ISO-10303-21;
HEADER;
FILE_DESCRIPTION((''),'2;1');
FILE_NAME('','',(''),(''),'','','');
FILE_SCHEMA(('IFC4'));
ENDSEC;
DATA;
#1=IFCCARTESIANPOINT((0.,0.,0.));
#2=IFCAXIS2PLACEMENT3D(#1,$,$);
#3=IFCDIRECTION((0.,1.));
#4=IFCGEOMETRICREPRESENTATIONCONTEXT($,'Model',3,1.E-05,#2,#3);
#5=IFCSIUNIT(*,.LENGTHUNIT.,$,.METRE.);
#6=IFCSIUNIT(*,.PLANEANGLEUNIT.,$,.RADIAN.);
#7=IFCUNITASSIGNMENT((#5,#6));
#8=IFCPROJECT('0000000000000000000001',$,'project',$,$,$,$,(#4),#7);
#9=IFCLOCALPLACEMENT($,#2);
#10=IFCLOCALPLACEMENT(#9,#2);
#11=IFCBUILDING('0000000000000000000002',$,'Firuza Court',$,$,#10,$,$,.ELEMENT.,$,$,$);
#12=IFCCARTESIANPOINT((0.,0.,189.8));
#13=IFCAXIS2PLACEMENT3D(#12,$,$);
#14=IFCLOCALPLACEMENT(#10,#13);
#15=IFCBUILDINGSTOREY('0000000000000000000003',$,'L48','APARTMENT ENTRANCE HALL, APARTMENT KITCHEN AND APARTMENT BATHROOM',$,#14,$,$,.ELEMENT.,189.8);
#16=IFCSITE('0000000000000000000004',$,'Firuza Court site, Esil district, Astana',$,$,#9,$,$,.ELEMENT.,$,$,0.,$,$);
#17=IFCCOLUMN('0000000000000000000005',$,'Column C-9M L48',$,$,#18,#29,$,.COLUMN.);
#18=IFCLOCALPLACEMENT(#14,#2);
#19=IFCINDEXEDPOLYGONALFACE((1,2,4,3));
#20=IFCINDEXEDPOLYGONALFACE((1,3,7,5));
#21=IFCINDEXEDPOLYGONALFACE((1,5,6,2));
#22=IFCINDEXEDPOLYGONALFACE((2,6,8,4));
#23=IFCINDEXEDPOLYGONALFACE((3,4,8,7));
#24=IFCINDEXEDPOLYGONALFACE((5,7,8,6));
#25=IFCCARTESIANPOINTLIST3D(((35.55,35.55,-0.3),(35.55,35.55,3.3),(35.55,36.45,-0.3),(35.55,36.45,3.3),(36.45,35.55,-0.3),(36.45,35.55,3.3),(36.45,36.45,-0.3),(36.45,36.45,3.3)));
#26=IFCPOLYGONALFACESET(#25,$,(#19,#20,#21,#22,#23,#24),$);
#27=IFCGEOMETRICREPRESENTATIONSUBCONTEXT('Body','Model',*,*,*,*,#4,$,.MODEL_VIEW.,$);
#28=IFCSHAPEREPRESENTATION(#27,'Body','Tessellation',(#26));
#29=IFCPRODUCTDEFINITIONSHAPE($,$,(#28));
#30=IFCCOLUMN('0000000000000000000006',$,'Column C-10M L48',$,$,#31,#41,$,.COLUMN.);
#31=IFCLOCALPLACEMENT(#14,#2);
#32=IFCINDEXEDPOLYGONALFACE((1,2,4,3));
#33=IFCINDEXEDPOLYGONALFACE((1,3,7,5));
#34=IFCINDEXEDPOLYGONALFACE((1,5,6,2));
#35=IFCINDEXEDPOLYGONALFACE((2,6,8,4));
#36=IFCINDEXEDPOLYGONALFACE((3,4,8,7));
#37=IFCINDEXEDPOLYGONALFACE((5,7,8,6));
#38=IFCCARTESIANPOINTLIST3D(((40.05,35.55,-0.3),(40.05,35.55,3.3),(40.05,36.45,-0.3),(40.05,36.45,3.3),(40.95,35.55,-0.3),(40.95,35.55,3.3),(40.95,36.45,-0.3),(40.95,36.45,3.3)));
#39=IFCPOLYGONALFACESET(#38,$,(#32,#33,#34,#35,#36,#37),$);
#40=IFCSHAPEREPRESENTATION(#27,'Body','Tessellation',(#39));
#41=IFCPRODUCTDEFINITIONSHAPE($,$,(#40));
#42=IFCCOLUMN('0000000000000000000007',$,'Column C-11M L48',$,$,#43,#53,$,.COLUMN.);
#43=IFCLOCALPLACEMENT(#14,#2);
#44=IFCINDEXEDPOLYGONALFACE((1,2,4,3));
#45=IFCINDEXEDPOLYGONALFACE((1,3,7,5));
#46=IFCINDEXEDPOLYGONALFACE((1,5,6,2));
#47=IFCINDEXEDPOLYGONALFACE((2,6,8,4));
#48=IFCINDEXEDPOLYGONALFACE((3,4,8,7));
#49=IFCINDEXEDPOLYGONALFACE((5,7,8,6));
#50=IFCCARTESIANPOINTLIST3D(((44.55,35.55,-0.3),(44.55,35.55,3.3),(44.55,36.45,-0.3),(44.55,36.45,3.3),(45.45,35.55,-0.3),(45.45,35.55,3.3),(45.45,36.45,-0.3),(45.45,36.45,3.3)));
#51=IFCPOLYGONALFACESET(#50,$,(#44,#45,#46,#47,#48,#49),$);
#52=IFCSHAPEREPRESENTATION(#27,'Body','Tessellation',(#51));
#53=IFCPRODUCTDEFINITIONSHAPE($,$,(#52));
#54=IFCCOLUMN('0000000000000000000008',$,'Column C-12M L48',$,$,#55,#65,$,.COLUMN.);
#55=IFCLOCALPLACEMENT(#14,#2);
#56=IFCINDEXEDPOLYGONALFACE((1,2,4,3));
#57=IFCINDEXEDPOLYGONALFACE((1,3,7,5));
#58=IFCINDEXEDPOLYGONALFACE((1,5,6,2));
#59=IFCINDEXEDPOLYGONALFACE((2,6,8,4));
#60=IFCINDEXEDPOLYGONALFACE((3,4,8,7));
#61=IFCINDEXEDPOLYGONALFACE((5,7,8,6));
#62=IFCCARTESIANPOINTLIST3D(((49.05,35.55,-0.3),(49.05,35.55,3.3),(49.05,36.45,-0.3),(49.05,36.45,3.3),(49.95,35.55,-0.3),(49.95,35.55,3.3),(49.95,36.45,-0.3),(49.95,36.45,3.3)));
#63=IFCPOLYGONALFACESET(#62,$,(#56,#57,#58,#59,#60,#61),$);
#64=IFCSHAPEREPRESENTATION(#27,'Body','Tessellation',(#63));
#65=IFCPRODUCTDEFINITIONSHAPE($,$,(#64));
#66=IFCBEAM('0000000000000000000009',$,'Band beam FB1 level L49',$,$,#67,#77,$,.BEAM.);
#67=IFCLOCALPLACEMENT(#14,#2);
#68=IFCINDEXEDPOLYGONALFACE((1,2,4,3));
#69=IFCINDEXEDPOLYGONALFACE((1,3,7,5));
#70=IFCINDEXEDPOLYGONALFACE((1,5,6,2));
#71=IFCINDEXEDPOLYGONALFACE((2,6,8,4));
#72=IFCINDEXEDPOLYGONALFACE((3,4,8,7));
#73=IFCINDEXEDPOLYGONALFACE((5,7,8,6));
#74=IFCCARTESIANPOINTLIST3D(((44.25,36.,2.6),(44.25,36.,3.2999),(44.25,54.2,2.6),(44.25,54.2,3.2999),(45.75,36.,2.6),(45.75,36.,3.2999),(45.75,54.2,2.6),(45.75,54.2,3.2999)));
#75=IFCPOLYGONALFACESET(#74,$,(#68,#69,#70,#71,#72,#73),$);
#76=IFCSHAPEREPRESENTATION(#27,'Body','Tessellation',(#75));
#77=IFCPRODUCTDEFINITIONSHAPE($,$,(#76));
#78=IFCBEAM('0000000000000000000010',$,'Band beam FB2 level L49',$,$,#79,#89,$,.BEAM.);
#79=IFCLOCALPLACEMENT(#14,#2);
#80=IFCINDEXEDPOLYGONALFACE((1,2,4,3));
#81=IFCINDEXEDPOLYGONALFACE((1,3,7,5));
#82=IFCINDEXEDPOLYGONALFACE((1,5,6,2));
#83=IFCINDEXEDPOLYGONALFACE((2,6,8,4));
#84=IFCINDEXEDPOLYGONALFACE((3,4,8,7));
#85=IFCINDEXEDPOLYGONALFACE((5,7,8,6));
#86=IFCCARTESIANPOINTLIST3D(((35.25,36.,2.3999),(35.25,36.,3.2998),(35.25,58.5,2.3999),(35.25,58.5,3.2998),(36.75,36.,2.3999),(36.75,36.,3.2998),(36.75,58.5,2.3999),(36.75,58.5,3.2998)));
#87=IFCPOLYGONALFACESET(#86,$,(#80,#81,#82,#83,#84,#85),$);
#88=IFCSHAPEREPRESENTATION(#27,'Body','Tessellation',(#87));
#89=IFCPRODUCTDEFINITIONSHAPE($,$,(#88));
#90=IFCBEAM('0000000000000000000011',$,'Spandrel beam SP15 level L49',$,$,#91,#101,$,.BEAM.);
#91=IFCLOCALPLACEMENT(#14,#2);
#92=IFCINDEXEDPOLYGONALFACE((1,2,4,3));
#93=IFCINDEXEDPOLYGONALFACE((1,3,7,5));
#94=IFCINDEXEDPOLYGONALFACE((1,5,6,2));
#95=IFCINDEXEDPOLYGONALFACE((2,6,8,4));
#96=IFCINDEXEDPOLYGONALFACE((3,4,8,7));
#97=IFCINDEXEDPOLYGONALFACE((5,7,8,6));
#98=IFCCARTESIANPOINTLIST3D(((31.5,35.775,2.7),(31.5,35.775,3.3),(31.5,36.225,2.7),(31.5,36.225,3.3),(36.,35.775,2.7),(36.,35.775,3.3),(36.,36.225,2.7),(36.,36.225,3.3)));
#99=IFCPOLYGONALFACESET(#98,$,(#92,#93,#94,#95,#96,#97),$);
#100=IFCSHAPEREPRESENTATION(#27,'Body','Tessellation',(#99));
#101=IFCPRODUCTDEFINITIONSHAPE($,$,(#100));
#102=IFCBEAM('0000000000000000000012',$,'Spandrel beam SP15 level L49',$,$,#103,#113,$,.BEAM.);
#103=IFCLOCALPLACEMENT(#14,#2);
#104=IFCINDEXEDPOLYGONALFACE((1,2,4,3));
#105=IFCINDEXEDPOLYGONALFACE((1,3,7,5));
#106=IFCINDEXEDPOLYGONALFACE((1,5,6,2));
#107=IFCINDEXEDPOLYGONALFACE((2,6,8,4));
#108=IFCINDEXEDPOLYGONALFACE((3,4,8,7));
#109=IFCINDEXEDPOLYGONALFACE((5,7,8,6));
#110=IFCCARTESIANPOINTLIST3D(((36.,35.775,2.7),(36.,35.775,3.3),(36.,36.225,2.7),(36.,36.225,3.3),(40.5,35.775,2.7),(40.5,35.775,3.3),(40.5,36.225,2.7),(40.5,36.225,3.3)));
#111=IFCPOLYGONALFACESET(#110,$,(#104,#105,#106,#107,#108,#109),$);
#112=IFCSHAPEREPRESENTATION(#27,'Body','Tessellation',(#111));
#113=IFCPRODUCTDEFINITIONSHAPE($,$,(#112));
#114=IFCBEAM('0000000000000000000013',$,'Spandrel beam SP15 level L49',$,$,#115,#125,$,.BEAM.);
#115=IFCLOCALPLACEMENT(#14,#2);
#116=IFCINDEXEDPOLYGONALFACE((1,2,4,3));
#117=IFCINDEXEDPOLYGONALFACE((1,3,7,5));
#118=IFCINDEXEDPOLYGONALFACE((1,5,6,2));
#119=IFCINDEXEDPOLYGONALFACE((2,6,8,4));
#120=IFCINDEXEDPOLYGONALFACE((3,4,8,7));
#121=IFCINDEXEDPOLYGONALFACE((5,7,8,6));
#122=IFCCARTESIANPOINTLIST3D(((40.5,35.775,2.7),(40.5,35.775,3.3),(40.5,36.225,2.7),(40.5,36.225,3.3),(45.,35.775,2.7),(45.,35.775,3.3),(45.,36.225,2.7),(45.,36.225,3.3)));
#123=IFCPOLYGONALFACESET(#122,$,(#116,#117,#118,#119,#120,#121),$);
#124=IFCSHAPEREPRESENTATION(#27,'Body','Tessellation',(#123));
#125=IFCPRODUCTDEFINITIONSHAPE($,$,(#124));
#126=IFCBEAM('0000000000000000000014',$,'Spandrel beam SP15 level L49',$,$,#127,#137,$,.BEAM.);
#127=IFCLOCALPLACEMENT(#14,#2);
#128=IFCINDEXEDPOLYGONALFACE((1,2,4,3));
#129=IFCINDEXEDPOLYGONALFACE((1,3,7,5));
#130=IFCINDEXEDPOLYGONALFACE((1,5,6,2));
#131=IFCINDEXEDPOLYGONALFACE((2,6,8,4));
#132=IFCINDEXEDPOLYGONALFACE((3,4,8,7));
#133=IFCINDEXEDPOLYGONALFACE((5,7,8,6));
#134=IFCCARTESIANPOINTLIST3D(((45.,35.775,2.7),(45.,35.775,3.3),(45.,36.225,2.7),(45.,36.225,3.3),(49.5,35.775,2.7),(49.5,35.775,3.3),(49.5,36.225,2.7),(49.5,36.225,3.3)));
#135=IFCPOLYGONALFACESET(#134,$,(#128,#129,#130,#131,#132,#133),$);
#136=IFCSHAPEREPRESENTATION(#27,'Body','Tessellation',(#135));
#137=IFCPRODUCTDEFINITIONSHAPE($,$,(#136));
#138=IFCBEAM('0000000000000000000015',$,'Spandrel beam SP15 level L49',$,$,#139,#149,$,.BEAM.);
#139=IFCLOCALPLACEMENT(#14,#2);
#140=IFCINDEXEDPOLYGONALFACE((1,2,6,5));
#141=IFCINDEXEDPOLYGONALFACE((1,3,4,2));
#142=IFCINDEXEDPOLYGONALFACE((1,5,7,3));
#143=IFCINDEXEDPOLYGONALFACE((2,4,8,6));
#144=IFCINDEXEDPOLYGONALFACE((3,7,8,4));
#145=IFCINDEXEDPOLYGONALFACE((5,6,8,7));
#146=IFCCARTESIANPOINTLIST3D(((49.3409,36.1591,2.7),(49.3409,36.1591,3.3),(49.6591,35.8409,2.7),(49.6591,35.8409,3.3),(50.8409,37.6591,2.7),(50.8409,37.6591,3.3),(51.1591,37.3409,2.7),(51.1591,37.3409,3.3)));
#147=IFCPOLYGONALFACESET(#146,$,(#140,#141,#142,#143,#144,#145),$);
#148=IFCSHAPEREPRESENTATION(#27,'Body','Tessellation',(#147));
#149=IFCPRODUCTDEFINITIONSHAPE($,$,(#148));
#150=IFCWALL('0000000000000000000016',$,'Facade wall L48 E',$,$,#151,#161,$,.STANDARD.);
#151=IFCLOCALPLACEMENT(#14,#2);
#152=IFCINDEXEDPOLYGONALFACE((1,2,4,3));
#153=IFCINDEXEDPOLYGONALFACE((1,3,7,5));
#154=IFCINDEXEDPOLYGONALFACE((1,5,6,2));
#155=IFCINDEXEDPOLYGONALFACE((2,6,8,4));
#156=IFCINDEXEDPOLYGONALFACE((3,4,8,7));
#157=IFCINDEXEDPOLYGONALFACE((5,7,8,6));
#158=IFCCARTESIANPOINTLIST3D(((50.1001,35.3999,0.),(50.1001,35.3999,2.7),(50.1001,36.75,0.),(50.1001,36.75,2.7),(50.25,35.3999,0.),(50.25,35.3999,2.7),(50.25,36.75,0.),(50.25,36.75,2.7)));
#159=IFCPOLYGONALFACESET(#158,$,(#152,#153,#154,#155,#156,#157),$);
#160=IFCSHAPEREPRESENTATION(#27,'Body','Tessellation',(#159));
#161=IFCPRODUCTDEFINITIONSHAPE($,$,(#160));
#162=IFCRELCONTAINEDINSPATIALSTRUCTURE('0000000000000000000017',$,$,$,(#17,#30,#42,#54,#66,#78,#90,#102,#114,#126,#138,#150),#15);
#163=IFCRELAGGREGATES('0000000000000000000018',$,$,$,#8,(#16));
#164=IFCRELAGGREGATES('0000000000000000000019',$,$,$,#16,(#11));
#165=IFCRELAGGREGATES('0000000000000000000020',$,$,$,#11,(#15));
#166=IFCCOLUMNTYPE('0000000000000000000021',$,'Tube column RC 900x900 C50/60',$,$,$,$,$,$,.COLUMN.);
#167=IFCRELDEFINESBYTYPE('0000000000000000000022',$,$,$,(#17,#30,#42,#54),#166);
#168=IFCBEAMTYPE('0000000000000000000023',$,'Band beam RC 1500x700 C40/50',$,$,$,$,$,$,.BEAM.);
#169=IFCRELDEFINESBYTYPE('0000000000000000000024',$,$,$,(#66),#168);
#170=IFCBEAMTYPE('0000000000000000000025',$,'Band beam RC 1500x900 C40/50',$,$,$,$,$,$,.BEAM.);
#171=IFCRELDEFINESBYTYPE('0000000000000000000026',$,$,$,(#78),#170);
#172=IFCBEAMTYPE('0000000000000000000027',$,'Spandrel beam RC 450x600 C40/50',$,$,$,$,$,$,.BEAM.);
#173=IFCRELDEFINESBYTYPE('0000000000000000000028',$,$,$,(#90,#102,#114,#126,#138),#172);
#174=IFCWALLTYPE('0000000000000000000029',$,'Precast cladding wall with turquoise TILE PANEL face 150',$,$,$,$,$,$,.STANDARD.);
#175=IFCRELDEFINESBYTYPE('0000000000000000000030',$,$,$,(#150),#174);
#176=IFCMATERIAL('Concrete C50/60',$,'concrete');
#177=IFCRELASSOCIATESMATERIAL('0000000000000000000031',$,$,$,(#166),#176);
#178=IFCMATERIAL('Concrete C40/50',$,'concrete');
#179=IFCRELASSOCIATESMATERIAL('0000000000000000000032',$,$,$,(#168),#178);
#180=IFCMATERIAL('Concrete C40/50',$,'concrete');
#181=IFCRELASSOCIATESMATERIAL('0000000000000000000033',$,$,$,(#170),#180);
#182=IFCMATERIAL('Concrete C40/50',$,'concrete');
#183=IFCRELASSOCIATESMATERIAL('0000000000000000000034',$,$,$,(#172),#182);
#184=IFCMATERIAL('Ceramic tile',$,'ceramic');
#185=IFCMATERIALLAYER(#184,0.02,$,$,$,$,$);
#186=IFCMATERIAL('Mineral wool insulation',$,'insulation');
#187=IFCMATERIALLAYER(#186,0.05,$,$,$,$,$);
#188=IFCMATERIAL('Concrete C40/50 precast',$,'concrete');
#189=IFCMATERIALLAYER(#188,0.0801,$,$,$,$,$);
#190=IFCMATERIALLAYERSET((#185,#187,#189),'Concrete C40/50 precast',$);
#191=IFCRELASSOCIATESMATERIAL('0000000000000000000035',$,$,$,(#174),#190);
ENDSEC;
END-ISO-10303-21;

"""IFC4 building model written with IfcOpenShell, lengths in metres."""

from ifc_helpers import new_model, si_unit, direction, frame, frame_2d, origin, origin_2d, place, context, subcontext, project, spatial, rectangle, extrude, material, layer, layer_set, material_profile, profile_set, type_object, element, save


model = new_model("IFC4")

# Units and contexts
model_context = context("Model", 3, precision=1e-05, world=origin(), true_north=direction((0.0, 1.0)))
body_context = subcontext(model_context, "Body", "Model", "MODEL_VIEW")
ifc_project = project(units=[si_unit("LENGTHUNIT", "METRE"), si_unit("PLANEANGLEUNIT", "RADIAN")], contexts=[model_context])

# Site, building, storey
site_placement = place(None, origin())
site = spatial("IfcSite", under=ifc_project, at=site_placement, Name="Firuza Court site, Esil district, Astana", CompositionType="ELEMENT", RefElevation=0.0)
building_placement = place(site_placement, origin())
building = spatial("IfcBuilding", under=site, at=building_placement, Name="Firuza Court", CompositionType="ELEMENT")
storey_placement = place(building_placement, frame((0.0, 0.0, 189.8)))
storey = spatial("IfcBuildingStorey", under=building, at=storey_placement, Name="L48", Description="APARTMENT ENTRANCE HALL, APARTMENT KITCHEN AND APARTMENT BATHROOM", CompositionType="ELEMENT", Elevation=189.8)

# Columns
ifc_material_1 = material(Name="Concrete C50/60", Category="concrete")
ifc_material_profile_1 = material_profile(ifc_material_1, rectangle(XDim=0.8999, YDim=0.8999, at=origin_2d()), Name="RC 900x900")
ifc_profile_set_1 = profile_set([ifc_material_profile_1], Name="Concrete C50/60")
column_type = type_object("IfcColumnType", Name="Tube column RC 900x900 C50/60", PredefinedType="COLUMN", material=ifc_profile_set_1)
for number, where, z_axis, x_axis, name in (
    (1, (36.0, 36.0, -0.3), (0.0, 0.0, 1.0), (1.0, 0.0, 0.0), "Column C-9M L48"),
    (2, (40.5, 36.0, -0.3), (0.0, 0.0, 1.0), (1.0, 0.0, 0.0), "Column C-10M L48"),
    (3, (45.0, 36.0, -0.3), (0.0, 0.0, 1.0), (1.0, 0.0, 0.0), "Column C-11M L48"),
    (4, (49.5, 36.0, -0.3), (0.0, 0.0, 1.0), (1.0, 0.0, 0.0), "Column C-12M L48"),
):
    element("IfcColumn", number, at=place(storey_placement, frame(where, z_axis=z_axis, x_axis=x_axis)), inside=storey, type_object=column_type, Name=name, PredefinedType="COLUMN", context=body_context, shape_type="SweptSolid", body=[
        extrude(rectangle(XDim=0.8999, YDim=0.8999, at=origin_2d()), origin(), (0.0, 0.0, 1.0), 3.6001),
    ])

# Beams
ifc_material_2 = material(Name="Concrete C40/50", Category="concrete")
ifc_material_profile_2 = material_profile(ifc_material_2, rectangle(XDim=1.5, YDim=0.7, at=origin_2d()), Name="RC 1500x700")
ifc_profile_set_2 = profile_set([ifc_material_profile_2], Name="Concrete C40/50")
beam_type_1 = type_object("IfcBeamType", Name="Band beam RC 1500x700 C40/50", PredefinedType="BEAM", material=ifc_profile_set_2)
beam_1_placement = place(storey_placement, frame((45.0, 36.0, 2.95), z_axis=(0.0, 1.0, 0.0), x_axis=(-1.0, 0.0, 0.0)))
element("IfcBeam", 5, at=beam_1_placement, inside=storey, type_object=beam_type_1, Name="Band beam FB1 level L49", PredefinedType="BEAM", context=body_context, shape_type="SweptSolid", body=[
    extrude(rectangle(XDim=1.5, YDim=0.7, at=origin_2d()), origin(), (0.0, 0.0, 1.0), 18.2),
])
ifc_material_3 = material(Name="Concrete C40/50", Category="concrete")
ifc_material_profile_3 = material_profile(ifc_material_3, rectangle(XDim=1.5, YDim=0.8999, at=origin_2d()), Name="RC 1500x900")
ifc_profile_set_3 = profile_set([ifc_material_profile_3], Name="Concrete C40/50")
beam_type_2 = type_object("IfcBeamType", Name="Band beam RC 1500x900 C40/50", PredefinedType="BEAM", material=ifc_profile_set_3)
beam_2_placement = place(storey_placement, frame((36.0, 36.0, 2.8499), z_axis=(0.0, 1.0, 0.0), x_axis=(-1.0, 0.0, 0.0)))
element("IfcBeam", 6, at=beam_2_placement, inside=storey, type_object=beam_type_2, Name="Band beam FB2 level L49", PredefinedType="BEAM", context=body_context, shape_type="SweptSolid", body=[
    extrude(rectangle(XDim=1.5, YDim=0.8999, at=origin_2d()), origin(), (0.0, 0.0, 1.0), 22.5),
])
ifc_material_4 = material(Name="Concrete C40/50", Category="concrete")
ifc_material_profile_4 = material_profile(ifc_material_4, rectangle(XDim=0.45, YDim=0.6001, at=origin_2d()), Name="RC 450x600")
ifc_profile_set_4 = profile_set([ifc_material_profile_4], Name="Concrete C40/50")
beam_type_3 = type_object("IfcBeamType", Name="Spandrel beam RC 450x600 C40/50", PredefinedType="BEAM", material=ifc_profile_set_4)
for number, where, z_axis, x_axis, name in (
    (7, (31.5, 36.0, 3.0), (1.0, 0.0, 0.0), (0.0, 1.0, 0.0), "Spandrel beam SP15 level L49"),
    (8, (36.0, 36.0, 3.0), (1.0, 0.0, 0.0), (0.0, 1.0, 0.0), "Spandrel beam SP15 level L49"),
    (9, (40.5, 36.0, 3.0), (1.0, 0.0, 0.0), (0.0, 1.0, 0.0), "Spandrel beam SP15 level L49"),
    (10, (45.0, 36.0, 3.0), (1.0, 0.0, 0.0), (0.0, 1.0, 0.0), "Spandrel beam SP15 level L49"),
):
    element("IfcBeam", number, at=place(storey_placement, frame(where, z_axis=z_axis, x_axis=x_axis)), inside=storey, type_object=beam_type_3, Name=name, PredefinedType="BEAM", context=body_context, shape_type="SweptSolid", body=[
        extrude(rectangle(XDim=0.45, YDim=0.6001, at=origin_2d()), origin(), (0.0, 0.0, 1.0), 4.5),
    ])
beam_3_placement = place(storey_placement, frame((49.5, 36.0, 3.0), z_axis=(0.707107, 0.707107, 0.0), x_axis=(-0.707107, 0.707107, 0.0)))
element("IfcBeam", 11, at=beam_3_placement, inside=storey, type_object=beam_type_3, Name="Spandrel beam SP15 level L49", PredefinedType="BEAM", context=body_context, shape_type="SweptSolid", body=[
    extrude(rectangle(XDim=0.45, YDim=0.6001, at=origin_2d()), origin(), (0.0, 0.0, 1.0), 2.1213),
])

# Wall
ifc_material_5 = material(Name="Ceramic tile", Category="ceramic")
ifc_layer_1 = layer(ifc_material_5, 0.02)
ifc_material_6 = material(Name="Mineral wool insulation", Category="insulation")
ifc_layer_2 = layer(ifc_material_6, 0.05)
ifc_material_7 = material(Name="Concrete C40/50 precast", Category="concrete")
ifc_layer_3 = layer(ifc_material_7, 0.0801)
ifc_layer_set = layer_set([ifc_layer_1, ifc_layer_2, ifc_layer_3], Name="Concrete C40/50 precast")
wall_type = type_object("IfcWallType", Name="Precast cladding wall with turquoise TILE PANEL face 150", PredefinedType="STANDARD", material=ifc_layer_set)
wall_placement = place(storey_placement, frame((50.175, 35.3999, 0.0), z_axis=(0.0, 0.0, 1.0), x_axis=(0.0, 1.0, 0.0)))
element("IfcWall", 12, at=wall_placement, inside=storey, type_object=wall_type, Name="Facade wall L48 E", PredefinedType="STANDARD", context=body_context, shape_type="SweptSolid", body=[
    extrude(rectangle(XDim=1.3501, YDim=0.1499, at=frame_2d((0.675, 0.0))), origin(), (0.0, 0.0, 1.0), 2.7),
])

save(model, "model.ifc")
